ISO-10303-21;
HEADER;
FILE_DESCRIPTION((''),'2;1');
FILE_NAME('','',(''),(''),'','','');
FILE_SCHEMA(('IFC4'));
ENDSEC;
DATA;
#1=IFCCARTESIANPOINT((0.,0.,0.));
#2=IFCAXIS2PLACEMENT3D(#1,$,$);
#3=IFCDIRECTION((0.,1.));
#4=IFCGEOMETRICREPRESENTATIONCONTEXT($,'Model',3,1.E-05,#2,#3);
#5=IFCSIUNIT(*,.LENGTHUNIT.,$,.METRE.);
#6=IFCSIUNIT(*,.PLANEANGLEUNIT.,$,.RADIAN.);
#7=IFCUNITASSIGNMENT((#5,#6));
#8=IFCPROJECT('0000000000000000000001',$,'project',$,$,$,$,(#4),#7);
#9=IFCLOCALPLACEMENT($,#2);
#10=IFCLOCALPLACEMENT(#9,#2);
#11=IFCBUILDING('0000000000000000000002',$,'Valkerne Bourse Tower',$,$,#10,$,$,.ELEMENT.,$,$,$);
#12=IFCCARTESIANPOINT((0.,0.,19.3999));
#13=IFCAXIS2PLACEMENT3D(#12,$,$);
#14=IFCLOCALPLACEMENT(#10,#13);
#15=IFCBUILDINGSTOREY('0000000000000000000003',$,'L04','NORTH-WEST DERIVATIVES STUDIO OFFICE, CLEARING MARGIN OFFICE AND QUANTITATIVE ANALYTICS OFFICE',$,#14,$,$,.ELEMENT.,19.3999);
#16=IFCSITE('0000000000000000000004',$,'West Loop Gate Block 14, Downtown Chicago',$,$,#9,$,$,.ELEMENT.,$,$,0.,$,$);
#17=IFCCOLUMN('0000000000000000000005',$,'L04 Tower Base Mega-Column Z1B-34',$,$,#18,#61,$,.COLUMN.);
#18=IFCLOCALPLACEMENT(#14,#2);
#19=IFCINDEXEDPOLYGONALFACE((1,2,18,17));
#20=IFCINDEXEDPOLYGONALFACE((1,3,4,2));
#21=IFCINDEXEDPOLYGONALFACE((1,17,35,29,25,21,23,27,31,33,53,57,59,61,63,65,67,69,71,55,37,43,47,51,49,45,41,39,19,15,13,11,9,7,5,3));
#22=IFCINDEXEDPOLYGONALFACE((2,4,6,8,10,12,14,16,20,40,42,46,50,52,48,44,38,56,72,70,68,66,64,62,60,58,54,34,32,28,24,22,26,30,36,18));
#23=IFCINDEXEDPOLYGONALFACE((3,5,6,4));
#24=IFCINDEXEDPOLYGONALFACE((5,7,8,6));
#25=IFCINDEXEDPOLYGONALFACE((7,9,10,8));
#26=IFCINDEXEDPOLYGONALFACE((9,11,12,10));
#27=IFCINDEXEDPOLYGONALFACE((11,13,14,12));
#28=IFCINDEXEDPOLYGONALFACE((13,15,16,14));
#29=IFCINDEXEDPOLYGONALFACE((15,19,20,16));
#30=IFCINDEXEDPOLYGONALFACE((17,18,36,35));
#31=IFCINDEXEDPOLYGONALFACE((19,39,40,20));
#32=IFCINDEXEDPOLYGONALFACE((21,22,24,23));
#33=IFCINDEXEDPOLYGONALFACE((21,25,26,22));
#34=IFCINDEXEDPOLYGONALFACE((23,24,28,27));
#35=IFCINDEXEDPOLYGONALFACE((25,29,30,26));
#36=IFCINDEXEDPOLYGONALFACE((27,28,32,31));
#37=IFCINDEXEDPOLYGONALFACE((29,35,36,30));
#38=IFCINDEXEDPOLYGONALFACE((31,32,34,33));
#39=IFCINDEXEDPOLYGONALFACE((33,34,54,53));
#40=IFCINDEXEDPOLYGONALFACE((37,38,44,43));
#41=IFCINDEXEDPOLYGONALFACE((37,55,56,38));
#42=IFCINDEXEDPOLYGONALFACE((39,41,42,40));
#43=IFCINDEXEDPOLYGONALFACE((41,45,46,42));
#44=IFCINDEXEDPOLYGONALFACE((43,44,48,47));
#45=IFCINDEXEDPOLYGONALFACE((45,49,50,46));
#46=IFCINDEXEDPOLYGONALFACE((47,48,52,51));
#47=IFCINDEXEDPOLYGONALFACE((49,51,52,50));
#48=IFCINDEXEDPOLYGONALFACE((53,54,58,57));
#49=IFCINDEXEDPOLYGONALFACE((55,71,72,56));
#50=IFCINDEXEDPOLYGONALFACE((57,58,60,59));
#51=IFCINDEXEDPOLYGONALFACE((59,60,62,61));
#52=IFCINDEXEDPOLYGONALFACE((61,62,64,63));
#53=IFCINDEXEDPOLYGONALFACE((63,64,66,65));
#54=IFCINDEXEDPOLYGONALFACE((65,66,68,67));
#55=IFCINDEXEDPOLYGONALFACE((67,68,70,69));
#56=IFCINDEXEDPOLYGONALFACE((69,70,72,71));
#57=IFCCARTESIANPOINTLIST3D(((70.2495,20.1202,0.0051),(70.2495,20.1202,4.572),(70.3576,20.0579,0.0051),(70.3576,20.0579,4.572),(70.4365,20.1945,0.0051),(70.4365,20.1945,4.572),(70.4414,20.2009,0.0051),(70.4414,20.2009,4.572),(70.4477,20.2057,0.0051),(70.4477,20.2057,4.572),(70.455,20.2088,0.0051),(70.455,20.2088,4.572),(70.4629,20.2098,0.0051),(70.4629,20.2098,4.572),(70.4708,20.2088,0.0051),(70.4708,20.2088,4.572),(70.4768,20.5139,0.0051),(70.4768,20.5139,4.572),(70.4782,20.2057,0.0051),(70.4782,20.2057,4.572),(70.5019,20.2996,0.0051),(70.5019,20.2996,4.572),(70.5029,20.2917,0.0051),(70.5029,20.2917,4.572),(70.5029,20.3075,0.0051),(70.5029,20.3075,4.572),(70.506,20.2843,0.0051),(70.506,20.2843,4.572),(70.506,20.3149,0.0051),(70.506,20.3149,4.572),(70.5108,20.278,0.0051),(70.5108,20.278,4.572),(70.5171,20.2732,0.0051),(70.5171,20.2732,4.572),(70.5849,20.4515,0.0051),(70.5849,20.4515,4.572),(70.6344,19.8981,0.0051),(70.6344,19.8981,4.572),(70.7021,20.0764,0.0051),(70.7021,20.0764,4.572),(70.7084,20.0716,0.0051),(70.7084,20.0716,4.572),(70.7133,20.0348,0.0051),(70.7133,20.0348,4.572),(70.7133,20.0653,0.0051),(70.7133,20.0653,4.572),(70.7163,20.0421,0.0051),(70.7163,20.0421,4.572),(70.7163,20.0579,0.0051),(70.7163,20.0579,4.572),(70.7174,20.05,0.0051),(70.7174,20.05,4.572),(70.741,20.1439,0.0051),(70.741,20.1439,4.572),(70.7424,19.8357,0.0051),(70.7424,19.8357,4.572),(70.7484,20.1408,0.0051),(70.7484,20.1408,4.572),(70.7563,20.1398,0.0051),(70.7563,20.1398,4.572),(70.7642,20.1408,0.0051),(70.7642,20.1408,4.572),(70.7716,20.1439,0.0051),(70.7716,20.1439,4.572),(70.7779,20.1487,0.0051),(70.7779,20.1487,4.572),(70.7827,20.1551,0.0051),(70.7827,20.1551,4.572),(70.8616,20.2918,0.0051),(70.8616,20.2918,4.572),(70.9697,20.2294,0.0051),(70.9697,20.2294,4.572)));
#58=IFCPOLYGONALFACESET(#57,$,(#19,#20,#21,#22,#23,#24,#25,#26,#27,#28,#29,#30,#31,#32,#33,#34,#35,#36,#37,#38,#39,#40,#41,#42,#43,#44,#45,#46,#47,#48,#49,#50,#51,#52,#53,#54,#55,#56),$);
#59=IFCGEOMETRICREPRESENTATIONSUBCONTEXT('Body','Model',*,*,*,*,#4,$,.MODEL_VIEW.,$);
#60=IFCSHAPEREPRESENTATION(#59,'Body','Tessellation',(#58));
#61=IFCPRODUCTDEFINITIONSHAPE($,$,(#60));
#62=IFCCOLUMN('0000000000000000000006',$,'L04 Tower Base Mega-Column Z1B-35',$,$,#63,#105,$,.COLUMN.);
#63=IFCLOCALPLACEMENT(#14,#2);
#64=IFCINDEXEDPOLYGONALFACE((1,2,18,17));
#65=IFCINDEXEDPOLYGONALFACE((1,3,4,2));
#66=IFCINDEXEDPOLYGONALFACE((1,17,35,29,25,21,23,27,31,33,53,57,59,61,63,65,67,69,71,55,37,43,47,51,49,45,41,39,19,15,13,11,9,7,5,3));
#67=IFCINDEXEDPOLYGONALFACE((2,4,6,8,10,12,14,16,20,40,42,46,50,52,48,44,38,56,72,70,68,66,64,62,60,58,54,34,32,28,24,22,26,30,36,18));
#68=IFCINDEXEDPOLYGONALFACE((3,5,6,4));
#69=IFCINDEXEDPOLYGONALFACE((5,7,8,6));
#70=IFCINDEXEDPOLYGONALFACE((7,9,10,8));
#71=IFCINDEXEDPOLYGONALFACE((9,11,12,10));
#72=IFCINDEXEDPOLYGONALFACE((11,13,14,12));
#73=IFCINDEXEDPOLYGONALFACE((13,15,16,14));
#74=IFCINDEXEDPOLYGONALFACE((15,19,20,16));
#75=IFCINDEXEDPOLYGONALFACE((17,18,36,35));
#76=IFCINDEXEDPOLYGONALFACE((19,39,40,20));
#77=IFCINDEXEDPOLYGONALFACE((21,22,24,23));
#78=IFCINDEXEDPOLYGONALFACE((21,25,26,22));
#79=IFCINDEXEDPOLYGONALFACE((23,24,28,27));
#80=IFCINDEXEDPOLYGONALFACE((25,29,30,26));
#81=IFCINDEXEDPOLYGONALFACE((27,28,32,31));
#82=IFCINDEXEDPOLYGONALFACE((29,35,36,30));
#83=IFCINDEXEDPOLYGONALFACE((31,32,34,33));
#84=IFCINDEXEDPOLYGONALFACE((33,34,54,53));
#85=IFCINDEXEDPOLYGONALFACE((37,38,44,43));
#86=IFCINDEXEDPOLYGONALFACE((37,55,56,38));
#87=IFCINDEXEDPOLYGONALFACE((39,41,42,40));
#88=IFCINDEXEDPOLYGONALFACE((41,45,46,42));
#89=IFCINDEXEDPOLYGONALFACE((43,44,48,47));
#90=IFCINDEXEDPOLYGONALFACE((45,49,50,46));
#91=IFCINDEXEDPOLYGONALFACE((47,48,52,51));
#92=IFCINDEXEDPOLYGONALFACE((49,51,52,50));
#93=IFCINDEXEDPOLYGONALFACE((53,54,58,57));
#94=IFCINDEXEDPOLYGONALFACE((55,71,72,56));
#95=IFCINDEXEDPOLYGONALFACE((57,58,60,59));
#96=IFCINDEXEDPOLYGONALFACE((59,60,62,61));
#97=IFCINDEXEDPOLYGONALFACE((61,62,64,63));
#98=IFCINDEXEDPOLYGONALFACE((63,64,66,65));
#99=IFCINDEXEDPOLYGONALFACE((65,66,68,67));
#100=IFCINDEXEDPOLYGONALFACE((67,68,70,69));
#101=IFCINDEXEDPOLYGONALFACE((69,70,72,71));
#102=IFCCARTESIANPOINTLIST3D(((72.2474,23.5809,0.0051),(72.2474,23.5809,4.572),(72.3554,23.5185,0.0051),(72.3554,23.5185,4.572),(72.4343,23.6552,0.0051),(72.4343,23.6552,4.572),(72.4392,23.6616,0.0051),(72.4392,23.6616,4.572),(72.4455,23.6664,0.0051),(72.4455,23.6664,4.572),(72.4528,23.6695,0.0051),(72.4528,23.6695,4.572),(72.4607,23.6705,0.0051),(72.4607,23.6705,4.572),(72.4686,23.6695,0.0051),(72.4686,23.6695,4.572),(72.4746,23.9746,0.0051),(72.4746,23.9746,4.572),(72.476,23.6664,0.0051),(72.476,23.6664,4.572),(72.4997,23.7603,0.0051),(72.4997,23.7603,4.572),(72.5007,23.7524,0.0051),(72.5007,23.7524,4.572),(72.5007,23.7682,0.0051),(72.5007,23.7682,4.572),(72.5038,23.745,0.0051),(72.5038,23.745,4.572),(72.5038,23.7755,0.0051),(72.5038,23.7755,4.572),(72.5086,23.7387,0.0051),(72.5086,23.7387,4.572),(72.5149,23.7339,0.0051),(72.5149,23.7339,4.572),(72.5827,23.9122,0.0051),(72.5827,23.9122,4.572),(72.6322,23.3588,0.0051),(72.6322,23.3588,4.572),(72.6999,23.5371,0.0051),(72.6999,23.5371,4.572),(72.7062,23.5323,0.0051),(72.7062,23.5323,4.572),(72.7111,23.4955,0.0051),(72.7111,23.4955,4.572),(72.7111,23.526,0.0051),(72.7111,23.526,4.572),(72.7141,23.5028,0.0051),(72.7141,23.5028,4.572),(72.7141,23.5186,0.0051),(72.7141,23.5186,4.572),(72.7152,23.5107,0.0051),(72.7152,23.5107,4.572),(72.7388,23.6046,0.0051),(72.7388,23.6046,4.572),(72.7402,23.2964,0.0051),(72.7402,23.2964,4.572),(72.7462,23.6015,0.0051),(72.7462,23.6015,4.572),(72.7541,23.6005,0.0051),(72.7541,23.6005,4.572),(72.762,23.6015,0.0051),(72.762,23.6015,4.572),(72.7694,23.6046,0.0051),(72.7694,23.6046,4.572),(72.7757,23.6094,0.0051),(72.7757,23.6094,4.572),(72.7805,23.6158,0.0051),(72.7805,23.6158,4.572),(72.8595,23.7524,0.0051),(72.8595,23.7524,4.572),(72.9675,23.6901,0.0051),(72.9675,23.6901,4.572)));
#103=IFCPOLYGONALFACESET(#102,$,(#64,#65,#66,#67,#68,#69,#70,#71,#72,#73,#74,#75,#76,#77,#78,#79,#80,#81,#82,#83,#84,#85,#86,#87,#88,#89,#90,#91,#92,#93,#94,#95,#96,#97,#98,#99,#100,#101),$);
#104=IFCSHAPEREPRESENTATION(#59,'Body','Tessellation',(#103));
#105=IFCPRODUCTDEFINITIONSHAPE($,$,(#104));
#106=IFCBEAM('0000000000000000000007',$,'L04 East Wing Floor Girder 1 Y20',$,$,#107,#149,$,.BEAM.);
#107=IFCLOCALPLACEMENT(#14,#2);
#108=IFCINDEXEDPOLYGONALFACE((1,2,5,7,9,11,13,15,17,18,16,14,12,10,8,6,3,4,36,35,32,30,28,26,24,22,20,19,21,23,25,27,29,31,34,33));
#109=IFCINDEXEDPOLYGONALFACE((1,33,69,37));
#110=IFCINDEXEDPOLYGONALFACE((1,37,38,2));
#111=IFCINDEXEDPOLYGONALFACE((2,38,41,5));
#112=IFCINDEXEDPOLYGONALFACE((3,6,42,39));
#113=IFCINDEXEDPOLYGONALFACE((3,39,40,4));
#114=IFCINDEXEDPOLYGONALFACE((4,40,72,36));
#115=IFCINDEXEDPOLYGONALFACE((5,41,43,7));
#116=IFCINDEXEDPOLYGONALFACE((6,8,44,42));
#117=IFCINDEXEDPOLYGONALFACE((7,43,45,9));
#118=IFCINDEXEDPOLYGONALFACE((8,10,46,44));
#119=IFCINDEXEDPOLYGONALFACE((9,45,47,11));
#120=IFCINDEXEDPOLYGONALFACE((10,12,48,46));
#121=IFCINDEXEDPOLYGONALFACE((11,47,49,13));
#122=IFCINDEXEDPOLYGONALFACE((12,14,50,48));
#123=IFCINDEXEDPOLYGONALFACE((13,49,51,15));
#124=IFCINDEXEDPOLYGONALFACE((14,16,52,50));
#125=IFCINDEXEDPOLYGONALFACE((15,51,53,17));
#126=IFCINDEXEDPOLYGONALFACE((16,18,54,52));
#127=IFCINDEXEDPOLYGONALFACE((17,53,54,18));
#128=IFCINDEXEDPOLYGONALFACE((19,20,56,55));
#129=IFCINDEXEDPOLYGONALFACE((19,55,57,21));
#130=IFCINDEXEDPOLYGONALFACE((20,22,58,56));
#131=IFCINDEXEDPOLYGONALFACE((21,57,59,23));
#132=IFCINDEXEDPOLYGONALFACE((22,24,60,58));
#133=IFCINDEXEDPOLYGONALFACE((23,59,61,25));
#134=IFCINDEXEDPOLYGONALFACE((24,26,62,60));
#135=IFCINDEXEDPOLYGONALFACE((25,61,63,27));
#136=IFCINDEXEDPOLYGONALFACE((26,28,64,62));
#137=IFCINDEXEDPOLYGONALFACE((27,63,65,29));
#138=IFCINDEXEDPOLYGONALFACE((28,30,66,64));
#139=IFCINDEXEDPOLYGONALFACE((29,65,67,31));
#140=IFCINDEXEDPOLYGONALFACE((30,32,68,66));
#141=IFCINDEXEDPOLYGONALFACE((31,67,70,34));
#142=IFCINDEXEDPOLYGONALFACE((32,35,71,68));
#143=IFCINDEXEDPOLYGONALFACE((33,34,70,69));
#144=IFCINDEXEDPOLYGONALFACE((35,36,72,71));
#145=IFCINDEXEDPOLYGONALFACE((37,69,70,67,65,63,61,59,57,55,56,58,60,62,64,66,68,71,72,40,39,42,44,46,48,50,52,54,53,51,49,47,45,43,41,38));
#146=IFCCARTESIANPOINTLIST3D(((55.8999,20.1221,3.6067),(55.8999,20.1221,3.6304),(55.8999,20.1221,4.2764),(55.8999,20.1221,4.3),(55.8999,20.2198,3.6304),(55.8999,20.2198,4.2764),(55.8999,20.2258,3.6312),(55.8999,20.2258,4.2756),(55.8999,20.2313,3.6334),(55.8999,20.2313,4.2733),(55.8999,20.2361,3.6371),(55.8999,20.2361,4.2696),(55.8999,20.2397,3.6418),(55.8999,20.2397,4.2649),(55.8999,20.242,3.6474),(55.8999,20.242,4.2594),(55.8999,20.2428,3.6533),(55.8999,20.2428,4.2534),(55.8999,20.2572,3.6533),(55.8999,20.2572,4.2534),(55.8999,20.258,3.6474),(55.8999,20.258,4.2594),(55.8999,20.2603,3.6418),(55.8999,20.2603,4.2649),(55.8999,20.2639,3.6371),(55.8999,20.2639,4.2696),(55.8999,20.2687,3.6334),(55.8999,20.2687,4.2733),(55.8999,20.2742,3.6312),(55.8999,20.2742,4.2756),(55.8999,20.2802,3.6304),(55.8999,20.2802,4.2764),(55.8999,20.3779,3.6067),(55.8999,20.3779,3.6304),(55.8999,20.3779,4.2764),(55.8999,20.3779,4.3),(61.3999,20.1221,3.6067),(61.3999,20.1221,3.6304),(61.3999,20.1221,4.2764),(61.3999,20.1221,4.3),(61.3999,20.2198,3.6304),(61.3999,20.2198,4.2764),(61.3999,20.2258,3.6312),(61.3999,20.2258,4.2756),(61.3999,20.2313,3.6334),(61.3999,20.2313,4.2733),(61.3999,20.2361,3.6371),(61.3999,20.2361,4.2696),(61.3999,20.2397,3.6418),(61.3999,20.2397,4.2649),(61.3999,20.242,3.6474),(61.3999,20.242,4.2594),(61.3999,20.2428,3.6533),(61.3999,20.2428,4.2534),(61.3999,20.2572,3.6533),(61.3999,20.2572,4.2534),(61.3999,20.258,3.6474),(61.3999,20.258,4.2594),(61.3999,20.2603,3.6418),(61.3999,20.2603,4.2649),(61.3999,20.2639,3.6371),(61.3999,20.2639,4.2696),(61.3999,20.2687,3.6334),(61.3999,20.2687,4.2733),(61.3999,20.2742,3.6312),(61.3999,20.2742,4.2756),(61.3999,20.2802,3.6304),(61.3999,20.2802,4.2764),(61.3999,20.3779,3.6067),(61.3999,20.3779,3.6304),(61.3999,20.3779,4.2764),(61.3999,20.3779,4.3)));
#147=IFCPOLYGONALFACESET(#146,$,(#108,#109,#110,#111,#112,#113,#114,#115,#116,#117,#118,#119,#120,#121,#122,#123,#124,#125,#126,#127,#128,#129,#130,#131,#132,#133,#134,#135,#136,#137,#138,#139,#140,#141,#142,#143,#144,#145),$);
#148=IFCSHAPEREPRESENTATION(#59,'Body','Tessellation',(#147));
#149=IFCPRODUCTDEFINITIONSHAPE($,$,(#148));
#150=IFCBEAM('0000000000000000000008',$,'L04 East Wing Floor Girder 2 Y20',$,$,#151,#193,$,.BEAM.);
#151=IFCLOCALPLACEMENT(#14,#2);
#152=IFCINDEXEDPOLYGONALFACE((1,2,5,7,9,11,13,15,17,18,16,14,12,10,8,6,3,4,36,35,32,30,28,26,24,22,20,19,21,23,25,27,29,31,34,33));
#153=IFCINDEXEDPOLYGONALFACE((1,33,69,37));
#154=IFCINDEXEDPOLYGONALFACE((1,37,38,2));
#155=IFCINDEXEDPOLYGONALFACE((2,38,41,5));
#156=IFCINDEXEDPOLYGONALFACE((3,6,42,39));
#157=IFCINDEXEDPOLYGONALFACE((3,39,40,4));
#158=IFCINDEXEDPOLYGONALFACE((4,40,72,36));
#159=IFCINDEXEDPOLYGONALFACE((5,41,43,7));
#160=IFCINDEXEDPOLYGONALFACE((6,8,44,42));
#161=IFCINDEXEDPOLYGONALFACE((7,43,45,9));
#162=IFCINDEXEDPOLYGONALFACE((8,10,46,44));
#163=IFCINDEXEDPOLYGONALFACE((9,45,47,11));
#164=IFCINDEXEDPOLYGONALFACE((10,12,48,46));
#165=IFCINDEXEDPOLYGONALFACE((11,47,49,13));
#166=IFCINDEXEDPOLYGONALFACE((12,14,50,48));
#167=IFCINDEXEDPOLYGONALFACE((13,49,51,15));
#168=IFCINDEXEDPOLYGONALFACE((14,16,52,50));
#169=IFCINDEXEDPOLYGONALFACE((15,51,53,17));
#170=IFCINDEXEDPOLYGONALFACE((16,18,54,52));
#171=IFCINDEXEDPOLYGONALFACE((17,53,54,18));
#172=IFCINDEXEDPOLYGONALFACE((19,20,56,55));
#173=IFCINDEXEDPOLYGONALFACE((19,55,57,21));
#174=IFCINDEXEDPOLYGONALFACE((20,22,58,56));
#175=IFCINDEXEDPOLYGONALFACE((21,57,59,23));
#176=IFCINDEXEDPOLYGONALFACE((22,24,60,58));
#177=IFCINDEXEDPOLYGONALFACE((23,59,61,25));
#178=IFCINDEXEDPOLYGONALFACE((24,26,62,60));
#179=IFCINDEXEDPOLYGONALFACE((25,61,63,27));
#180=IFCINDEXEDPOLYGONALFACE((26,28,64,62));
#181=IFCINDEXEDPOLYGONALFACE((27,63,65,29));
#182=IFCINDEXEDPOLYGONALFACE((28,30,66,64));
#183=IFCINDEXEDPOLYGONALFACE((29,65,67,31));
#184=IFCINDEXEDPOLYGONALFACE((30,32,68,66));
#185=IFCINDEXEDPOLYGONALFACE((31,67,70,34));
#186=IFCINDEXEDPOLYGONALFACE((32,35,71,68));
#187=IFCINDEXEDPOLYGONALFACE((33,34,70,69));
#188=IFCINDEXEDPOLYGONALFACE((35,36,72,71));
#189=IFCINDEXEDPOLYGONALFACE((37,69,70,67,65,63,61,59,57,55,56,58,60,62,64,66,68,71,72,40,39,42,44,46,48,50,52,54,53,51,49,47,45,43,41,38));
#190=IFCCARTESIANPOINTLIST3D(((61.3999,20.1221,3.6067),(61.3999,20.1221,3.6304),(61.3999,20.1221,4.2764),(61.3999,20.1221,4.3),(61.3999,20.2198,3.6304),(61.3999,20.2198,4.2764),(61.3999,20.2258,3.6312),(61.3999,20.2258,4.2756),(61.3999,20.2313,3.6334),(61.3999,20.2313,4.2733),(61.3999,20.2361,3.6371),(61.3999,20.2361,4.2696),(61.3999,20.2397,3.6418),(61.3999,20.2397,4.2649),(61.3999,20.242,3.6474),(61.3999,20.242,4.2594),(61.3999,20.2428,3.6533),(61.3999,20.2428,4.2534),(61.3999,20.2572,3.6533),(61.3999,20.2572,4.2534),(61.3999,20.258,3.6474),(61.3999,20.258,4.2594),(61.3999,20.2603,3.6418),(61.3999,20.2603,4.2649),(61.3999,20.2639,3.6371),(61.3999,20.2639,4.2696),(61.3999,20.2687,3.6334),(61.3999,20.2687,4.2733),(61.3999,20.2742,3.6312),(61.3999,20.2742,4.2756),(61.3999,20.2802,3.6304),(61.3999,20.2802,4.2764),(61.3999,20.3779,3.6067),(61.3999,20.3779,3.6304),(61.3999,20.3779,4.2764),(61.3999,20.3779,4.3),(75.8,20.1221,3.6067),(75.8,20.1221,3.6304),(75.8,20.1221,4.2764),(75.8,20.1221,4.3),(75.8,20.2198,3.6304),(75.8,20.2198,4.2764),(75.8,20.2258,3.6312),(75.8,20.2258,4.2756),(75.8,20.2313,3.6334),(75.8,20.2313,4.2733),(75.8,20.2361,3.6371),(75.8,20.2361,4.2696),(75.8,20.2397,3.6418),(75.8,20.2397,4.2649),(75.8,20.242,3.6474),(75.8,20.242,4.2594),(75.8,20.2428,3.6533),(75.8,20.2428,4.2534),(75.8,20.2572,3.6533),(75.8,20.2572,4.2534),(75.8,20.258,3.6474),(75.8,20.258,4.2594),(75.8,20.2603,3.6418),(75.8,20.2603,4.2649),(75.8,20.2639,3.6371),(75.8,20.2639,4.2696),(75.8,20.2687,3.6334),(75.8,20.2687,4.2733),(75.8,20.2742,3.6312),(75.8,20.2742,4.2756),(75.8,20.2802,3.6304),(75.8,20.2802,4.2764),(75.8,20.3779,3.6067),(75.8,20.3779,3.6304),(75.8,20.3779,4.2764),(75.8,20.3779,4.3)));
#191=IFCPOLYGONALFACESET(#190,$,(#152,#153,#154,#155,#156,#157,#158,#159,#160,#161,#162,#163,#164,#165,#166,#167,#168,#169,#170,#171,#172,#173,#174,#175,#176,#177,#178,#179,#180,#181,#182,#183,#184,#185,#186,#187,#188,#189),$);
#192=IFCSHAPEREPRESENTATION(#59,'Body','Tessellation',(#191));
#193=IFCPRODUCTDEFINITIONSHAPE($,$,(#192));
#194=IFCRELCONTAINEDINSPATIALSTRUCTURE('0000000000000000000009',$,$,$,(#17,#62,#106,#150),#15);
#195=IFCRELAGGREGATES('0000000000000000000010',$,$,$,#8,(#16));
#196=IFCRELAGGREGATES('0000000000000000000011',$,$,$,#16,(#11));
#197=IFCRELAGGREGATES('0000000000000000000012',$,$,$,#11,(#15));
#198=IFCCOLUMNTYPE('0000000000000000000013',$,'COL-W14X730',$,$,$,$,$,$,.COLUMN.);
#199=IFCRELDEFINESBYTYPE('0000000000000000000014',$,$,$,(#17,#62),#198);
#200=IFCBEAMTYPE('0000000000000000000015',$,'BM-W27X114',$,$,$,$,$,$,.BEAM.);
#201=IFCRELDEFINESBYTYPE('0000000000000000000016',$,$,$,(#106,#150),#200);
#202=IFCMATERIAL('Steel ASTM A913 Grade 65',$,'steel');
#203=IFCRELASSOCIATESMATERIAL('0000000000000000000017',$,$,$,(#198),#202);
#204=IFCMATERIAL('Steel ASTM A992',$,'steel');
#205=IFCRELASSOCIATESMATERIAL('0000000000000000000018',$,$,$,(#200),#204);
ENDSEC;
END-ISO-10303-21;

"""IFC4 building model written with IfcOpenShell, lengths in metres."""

from ifc_helpers import new_model, si_unit, direction, frame, origin, origin_2d, place, context, subcontext, project, spatial, i_section, extrude, material, material_profile, profile_set, type_object, element, save


model = new_model("IFC4")

# Units and contexts
model_context = context("Model", 3, precision=1e-05, world=origin(), true_north=direction((0.0, 1.0)))
body_context = subcontext(model_context, "Body", "Model", "MODEL_VIEW")
ifc_project = project(units=[si_unit("LENGTHUNIT", "METRE"), si_unit("PLANEANGLEUNIT", "RADIAN")], contexts=[model_context])

# Site, building, storey
site_placement = place(None, origin())
site = spatial("IfcSite", under=ifc_project, at=site_placement, Name="West Loop Gate Block 14, Downtown Chicago", CompositionType="ELEMENT", RefElevation=0.0)
building_placement = place(site_placement, origin())
building = spatial("IfcBuilding", under=site, at=building_placement, Name="Valkerne Bourse Tower", CompositionType="ELEMENT")
storey_placement = place(building_placement, frame((0.0, 0.0, 19.3999)))
storey = spatial("IfcBuildingStorey", under=building, at=storey_placement, Name="L04", Description="NORTH-WEST DERIVATIVES STUDIO OFFICE, CLEARING MARGIN OFFICE AND QUANTITATIVE ANALYTICS OFFICE", CompositionType="ELEMENT", Elevation=19.3999)

# Columns
ifc_material_1 = material(Name="Steel ASTM A913 Grade 65", Category="steel")
ifc_material_profile_1 = material_profile(ifc_material_1, i_section(OverallWidth=0.4546, OverallDepth=0.5691, WebThickness=0.0779, FlangeThickness=0.1248, FilletRadius=0.0305, at=origin_2d()), Name="W14X730")
ifc_profile_set_1 = profile_set([ifc_material_profile_1], Name="Steel ASTM A913 Grade 65")
column_type_1 = type_object("IfcColumnType", Name="COL-W14X730", PredefinedType="COLUMN", material=ifc_profile_set_1)
for number, where, z_axis, x_axis, name in (
    (1, (70.6096, 20.1748, 0.0051), (0.0, 0.0, 1.0), (0.5, 0.866025, 0.0), "L04 Tower Base Mega-Column Z1B-34"),
    (2, (72.6074, 23.6355, 0.0051), (0.0, 0.0, 1.0), (0.5, 0.866025, 0.0), "L04 Tower Base Mega-Column Z1B-35"),
):
    element("IfcColumn", number, at=place(storey_placement, frame(where, z_axis=z_axis, x_axis=x_axis)), inside=storey, type_object=column_type_1, Name=name, PredefinedType="COLUMN", context=body_context, shape_type="SweptSolid", body=[
        extrude(i_section(OverallWidth=0.4546, OverallDepth=0.5691, WebThickness=0.0779, FlangeThickness=0.1248, FilletRadius=0.0305, at=origin_2d()), origin(), (0.0, 0.0, 1.0), 4.5669),
    ])

# Beams
ifc_material_2 = material(Name="Steel ASTM A992", Category="steel")
ifc_material_profile_2 = material_profile(ifc_material_2, i_section(OverallWidth=0.2559, OverallDepth=0.6934, WebThickness=0.0144, FlangeThickness=0.0237, FilletRadius=0.0229, at=origin_2d()), Name="W27X114")
ifc_profile_set_2 = profile_set([ifc_material_profile_2], Name="Steel ASTM A992")
beam_type = type_object("IfcBeamType", Name="BM-W27X114", PredefinedType="BEAM", material=ifc_profile_set_2)
beam_1_placement = place(storey_placement, frame((55.8999, 20.25, 3.9534), z_axis=(1.0, 0.0, 0.0), x_axis=(0.0, 1.0, 0.0)))
element("IfcBeam", 3, at=beam_1_placement, inside=storey, type_object=beam_type, Name="L04 East Wing Floor Girder 1 Y20", PredefinedType="BEAM", context=body_context, shape_type="SweptSolid", body=[
    extrude(i_section(OverallWidth=0.2559, OverallDepth=0.6934, WebThickness=0.0144, FlangeThickness=0.0237, FilletRadius=0.0229, at=origin_2d()), origin(), (0.0, 0.0, 1.0), 5.5),
])
beam_2_placement = place(storey_placement, frame((61.3999, 20.25, 3.9534), z_axis=(1.0, 0.0, 0.0), x_axis=(0.0, 1.0, 0.0)))
element("IfcBeam", 4, at=beam_2_placement, inside=storey, type_object=beam_type, Name="L04 East Wing Floor Girder 2 Y20", PredefinedType="BEAM", context=body_context, shape_type="SweptSolid", body=[
    extrude(i_section(OverallWidth=0.2559, OverallDepth=0.6934, WebThickness=0.0144, FlangeThickness=0.0237, FilletRadius=0.0229, at=origin_2d()), origin(), (0.0, 0.0, 1.0), 14.4001),
])

save(model, "model.ifc")
